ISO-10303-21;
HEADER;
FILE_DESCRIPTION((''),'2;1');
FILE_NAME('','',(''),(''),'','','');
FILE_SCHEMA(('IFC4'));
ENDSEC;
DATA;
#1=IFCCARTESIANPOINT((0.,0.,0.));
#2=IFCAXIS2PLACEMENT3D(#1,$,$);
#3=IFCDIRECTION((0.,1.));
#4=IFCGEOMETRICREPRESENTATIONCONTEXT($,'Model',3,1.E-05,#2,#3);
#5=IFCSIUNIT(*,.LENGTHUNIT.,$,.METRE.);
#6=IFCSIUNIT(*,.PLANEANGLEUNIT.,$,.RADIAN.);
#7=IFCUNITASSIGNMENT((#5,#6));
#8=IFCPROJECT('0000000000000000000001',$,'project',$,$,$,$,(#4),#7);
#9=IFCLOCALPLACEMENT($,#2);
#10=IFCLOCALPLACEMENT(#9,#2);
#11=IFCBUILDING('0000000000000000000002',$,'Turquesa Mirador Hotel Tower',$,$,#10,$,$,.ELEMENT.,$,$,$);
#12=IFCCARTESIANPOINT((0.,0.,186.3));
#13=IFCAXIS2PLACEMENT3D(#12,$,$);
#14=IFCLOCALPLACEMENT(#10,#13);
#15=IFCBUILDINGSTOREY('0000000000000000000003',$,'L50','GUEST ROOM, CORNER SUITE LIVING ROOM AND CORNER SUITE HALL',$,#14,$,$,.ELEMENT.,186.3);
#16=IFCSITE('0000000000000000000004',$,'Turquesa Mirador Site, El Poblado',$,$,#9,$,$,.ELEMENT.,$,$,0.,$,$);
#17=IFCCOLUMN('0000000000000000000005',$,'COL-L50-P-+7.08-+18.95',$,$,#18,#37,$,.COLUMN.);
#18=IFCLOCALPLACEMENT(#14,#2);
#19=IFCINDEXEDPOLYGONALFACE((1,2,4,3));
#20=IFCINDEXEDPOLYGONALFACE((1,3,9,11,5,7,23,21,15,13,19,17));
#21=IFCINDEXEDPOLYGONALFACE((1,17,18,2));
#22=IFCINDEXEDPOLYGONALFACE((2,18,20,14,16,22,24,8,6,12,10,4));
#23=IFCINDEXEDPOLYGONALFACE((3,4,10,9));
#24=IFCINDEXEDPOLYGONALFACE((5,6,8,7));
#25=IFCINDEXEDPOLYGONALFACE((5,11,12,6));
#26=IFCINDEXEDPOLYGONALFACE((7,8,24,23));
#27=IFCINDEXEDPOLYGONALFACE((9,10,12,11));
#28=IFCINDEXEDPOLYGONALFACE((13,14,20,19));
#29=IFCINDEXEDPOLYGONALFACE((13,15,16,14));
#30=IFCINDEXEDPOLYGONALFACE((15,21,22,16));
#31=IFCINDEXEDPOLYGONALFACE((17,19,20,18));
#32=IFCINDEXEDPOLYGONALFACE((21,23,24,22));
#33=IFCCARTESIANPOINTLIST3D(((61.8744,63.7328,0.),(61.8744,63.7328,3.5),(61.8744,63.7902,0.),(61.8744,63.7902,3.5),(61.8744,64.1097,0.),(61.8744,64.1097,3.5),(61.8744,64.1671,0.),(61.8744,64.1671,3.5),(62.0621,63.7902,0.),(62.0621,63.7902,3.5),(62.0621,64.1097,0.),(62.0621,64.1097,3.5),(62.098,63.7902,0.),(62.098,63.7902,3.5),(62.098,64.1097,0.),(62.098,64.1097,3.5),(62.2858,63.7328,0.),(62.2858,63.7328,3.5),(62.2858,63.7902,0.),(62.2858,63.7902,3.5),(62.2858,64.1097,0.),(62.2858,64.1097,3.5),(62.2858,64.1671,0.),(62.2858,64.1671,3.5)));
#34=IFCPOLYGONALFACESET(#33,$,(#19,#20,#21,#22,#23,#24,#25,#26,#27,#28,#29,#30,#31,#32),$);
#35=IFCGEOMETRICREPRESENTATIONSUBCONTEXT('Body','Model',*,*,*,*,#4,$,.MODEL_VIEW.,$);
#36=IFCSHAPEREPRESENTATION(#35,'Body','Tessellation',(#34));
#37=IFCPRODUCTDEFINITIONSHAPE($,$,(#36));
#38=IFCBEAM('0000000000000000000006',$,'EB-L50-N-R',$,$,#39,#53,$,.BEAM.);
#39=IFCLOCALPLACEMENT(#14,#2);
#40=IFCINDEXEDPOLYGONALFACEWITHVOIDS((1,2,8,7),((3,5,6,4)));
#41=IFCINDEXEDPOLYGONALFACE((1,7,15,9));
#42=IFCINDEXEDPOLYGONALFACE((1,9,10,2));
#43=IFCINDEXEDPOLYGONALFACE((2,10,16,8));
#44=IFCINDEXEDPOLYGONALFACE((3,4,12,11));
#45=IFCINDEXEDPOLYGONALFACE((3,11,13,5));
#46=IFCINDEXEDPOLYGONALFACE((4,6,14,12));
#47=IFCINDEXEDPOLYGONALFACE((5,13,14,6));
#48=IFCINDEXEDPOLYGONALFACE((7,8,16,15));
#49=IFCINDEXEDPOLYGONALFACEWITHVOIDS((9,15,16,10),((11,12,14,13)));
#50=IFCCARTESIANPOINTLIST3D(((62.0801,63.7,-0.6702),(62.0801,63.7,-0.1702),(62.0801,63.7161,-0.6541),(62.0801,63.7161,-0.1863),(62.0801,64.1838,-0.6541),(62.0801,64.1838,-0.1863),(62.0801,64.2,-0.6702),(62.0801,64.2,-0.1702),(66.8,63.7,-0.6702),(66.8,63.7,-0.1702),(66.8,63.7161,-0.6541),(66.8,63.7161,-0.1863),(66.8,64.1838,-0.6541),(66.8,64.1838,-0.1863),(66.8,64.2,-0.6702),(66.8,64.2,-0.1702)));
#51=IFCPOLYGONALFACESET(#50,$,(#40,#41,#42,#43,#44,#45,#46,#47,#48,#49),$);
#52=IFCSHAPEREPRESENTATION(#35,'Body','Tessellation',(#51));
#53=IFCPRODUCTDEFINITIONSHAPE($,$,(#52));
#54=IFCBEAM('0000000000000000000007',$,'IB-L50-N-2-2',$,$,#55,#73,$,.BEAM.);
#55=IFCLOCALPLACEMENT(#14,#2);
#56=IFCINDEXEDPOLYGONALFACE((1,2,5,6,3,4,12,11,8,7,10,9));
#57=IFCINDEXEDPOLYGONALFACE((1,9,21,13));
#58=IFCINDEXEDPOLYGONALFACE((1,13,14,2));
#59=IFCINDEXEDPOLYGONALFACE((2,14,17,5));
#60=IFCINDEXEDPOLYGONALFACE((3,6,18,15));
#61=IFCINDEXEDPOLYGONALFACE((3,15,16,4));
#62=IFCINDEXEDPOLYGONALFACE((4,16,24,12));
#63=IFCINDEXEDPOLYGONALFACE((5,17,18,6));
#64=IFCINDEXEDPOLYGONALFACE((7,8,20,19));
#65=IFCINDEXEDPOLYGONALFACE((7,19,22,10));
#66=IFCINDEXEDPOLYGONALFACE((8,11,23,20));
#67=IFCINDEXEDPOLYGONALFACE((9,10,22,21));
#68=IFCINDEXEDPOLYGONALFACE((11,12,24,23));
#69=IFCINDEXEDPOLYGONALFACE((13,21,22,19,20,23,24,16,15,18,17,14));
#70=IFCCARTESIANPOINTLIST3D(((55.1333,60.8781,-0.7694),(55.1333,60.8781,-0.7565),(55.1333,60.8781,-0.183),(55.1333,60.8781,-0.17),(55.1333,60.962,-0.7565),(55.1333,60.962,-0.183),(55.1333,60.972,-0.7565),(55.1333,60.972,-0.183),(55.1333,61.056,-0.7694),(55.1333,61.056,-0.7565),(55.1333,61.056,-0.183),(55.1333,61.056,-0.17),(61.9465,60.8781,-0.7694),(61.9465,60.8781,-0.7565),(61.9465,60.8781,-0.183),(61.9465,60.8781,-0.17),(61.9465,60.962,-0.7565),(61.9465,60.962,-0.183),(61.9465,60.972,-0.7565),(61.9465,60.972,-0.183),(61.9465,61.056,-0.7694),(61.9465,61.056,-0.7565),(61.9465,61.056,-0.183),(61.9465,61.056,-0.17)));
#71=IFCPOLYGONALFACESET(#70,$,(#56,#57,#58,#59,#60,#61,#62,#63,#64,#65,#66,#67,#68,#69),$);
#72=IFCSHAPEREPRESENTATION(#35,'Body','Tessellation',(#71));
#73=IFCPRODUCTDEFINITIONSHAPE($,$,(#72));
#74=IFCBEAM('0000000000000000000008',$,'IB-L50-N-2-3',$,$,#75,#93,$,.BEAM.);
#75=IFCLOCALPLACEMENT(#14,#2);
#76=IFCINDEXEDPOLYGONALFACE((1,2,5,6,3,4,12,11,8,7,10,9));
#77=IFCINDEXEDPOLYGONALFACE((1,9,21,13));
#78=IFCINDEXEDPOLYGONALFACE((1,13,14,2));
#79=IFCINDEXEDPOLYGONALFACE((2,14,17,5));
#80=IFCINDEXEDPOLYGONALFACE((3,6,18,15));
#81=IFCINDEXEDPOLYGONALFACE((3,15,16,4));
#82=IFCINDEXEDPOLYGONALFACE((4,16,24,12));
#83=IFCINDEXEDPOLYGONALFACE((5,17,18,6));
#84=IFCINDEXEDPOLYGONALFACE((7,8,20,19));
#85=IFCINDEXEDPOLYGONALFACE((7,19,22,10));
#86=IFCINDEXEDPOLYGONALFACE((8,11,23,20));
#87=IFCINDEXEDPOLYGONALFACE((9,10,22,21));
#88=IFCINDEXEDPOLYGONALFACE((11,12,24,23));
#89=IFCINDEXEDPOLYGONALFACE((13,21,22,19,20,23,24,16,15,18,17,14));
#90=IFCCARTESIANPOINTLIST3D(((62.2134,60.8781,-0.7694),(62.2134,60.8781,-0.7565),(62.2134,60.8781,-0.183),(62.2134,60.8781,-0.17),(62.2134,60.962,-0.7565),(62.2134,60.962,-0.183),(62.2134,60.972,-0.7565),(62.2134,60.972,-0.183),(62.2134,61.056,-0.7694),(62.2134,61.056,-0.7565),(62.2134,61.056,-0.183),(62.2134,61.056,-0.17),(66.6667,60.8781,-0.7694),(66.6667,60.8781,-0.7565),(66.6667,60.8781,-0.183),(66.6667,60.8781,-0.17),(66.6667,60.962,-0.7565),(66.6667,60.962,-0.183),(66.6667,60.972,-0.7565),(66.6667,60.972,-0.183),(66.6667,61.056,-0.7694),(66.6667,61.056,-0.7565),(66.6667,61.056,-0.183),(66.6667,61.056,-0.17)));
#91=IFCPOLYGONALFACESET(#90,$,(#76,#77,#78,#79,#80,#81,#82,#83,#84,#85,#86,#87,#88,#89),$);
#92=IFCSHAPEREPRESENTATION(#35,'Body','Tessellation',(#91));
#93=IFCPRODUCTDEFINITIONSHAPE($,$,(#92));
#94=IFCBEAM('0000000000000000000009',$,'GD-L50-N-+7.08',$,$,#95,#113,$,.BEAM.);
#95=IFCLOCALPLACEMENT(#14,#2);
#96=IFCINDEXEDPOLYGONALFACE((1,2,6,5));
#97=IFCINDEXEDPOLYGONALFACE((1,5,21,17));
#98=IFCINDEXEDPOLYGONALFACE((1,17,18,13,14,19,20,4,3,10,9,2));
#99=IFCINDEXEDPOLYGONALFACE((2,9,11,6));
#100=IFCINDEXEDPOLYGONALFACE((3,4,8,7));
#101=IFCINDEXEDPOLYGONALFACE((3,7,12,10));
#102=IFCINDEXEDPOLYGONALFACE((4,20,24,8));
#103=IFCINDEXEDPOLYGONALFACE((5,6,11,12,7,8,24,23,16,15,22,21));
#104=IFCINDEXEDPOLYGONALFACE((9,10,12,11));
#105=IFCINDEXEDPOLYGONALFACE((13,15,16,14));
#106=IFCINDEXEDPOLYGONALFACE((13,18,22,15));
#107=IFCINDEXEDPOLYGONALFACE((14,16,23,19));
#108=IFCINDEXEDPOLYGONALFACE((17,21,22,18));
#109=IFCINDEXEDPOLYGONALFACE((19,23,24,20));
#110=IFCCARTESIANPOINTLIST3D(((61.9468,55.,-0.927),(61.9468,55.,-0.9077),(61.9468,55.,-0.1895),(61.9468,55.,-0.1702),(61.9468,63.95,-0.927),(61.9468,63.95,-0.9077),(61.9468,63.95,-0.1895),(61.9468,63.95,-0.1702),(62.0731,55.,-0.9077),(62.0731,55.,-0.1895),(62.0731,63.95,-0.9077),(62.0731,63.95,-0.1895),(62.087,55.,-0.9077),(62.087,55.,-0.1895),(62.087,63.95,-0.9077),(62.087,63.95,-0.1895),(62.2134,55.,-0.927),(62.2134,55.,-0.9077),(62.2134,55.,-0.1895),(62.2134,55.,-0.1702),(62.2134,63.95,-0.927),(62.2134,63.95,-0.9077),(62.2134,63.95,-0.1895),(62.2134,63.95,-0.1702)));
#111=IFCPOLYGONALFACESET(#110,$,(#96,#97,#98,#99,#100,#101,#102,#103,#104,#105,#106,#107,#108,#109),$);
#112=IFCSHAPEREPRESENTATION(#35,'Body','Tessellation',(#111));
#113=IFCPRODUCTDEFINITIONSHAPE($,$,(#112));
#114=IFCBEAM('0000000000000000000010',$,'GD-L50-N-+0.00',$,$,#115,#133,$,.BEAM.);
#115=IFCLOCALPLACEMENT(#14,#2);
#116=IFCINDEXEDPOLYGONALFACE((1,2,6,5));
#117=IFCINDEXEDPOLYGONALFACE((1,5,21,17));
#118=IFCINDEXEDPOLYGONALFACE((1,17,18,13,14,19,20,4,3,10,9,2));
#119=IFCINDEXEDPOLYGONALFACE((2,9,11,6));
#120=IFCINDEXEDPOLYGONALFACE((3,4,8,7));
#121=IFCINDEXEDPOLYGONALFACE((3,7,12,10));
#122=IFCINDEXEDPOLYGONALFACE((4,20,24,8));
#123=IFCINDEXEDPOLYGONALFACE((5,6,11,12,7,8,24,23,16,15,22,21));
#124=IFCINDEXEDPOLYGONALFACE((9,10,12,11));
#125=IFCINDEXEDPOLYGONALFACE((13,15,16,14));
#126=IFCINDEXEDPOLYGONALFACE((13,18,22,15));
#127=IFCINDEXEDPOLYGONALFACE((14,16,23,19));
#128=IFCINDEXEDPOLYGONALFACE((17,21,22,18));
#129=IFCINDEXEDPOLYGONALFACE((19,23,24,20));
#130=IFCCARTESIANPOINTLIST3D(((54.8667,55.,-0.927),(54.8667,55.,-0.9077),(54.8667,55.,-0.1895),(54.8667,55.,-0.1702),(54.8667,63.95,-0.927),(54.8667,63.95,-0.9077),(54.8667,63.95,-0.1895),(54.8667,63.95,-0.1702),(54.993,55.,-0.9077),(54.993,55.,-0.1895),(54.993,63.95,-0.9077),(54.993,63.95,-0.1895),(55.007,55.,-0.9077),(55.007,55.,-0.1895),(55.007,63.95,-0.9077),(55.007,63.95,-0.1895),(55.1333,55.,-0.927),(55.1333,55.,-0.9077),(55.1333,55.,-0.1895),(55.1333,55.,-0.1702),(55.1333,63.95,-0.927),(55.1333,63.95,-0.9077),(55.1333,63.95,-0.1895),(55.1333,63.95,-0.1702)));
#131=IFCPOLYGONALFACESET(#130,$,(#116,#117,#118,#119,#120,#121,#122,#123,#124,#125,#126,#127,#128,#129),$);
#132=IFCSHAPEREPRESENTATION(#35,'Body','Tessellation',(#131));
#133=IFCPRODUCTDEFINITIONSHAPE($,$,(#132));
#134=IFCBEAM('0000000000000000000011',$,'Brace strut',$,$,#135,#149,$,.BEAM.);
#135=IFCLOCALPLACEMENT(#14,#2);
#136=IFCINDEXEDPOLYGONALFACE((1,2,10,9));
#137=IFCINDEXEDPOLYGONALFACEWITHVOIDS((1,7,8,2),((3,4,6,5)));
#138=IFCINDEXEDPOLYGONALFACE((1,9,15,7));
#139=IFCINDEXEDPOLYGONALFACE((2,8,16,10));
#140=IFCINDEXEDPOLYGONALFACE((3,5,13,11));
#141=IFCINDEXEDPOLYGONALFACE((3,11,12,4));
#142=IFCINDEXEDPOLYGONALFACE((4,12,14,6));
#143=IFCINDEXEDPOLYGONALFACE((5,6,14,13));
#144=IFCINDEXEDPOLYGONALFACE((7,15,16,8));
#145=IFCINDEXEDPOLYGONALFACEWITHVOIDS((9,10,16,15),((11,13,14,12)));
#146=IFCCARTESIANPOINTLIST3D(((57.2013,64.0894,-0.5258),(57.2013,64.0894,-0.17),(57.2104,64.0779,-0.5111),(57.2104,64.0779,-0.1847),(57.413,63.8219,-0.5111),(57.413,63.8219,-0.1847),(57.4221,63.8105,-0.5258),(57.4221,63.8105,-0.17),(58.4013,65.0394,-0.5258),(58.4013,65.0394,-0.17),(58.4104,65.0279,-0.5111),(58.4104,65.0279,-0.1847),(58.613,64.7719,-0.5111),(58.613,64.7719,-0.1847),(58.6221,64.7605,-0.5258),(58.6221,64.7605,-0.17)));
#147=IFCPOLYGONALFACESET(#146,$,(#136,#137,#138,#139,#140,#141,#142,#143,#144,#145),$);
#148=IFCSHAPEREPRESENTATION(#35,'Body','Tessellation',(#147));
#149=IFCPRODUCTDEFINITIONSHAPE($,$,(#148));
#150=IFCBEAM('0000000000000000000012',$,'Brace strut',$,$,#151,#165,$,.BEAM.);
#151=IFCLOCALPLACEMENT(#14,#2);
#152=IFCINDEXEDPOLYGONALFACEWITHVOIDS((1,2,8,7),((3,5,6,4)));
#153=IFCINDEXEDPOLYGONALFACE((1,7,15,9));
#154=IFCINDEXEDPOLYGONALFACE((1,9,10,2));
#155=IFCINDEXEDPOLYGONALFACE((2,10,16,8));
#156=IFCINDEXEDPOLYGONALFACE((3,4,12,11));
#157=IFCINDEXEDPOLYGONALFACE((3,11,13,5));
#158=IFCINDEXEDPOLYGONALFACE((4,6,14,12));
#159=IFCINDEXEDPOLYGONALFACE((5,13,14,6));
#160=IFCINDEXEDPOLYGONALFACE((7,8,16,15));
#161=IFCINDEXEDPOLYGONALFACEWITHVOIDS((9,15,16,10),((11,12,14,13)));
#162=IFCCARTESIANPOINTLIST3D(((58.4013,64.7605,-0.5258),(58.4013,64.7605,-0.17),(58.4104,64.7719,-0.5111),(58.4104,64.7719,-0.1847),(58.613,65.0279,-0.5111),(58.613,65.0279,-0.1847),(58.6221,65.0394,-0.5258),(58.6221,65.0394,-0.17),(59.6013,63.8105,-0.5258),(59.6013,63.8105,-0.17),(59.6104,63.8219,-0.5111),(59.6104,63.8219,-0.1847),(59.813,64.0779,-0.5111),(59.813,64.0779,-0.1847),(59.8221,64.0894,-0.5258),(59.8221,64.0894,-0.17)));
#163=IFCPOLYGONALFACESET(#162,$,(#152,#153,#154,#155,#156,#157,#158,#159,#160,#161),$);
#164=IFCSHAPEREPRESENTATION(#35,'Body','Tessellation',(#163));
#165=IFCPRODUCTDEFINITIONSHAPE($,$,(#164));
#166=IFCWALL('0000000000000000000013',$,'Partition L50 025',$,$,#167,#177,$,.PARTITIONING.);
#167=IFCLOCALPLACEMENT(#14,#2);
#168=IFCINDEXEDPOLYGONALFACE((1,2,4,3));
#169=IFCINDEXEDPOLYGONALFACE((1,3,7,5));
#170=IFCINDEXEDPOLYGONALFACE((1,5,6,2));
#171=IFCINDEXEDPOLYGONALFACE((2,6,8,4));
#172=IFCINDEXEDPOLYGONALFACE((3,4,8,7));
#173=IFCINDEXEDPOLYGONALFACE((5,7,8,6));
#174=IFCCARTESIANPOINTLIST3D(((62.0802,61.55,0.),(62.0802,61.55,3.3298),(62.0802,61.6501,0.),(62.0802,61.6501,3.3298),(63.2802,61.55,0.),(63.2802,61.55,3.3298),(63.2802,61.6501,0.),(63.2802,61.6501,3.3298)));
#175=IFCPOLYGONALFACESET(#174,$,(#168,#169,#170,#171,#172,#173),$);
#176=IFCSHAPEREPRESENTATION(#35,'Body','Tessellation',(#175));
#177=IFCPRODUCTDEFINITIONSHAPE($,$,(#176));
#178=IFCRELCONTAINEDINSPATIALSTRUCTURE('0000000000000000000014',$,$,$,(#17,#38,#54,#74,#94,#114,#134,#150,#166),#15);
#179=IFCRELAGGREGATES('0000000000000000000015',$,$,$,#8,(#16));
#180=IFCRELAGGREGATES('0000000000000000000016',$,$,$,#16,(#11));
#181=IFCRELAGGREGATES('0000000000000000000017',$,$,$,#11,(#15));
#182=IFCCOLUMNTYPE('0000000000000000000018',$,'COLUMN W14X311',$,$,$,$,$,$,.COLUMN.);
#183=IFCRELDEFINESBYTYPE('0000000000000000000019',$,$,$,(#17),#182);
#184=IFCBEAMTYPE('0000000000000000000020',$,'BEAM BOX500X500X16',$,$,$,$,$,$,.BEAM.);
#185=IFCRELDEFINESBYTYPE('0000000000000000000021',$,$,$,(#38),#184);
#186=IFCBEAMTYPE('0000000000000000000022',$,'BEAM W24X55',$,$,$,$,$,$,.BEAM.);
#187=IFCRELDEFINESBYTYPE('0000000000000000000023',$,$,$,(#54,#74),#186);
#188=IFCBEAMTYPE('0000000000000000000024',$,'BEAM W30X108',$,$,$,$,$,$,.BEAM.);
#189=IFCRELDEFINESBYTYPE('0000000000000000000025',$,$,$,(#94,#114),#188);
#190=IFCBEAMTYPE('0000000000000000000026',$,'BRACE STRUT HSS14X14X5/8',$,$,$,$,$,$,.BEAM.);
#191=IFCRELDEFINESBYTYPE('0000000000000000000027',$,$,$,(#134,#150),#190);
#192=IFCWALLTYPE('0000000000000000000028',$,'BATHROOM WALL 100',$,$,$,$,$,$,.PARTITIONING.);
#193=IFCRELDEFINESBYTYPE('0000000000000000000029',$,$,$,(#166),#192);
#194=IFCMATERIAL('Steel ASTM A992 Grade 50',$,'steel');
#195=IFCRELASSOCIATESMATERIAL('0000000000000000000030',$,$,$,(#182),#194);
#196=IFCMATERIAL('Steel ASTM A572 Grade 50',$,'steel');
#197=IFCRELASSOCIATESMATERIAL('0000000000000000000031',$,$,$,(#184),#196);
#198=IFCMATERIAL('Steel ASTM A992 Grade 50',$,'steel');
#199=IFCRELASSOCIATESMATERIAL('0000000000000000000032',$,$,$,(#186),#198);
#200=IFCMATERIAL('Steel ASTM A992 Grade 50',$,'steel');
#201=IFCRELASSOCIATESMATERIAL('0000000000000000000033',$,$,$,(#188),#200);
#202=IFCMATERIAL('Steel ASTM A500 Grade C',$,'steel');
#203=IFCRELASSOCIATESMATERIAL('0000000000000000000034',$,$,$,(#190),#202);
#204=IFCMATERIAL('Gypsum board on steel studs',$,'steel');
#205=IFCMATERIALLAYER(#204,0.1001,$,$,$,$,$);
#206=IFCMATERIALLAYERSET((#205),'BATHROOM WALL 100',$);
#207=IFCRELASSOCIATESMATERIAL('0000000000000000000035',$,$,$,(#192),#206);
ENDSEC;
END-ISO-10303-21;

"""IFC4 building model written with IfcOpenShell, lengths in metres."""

from ifc_helpers import new_model, si_unit, direction, frame, frame_2d, origin, origin_2d, place, context, subcontext, project, spatial, rectangle, hollow_rectangle, i_section, extrude, material, layer, layer_set, material_profile, profile_set, type_object, element, save


model = new_model("IFC4")

# Units and contexts
model_context = context("Model", 3, precision=1e-05, world=origin(), true_north=direction((0.0, 1.0)))
body_context = subcontext(model_context, "Body", "Model", "MODEL_VIEW")
ifc_project = project(units=[si_unit("LENGTHUNIT", "METRE"), si_unit("PLANEANGLEUNIT", "RADIAN")], contexts=[model_context])

# Site, building, storey
site_placement = place(None, origin())
site = spatial("IfcSite", under=ifc_project, at=site_placement, Name="Turquesa Mirador Site, El Poblado", CompositionType="ELEMENT", RefElevation=0.0)
building_placement = place(site_placement, origin())
building = spatial("IfcBuilding", under=site, at=building_placement, Name="Turquesa Mirador Hotel Tower", CompositionType="ELEMENT")
storey_placement = place(building_placement, frame((0.0, 0.0, 186.3)))
storey = spatial("IfcBuildingStorey", under=building, at=storey_placement, Name="L50", Description="GUEST ROOM, CORNER SUITE LIVING ROOM AND CORNER SUITE HALL", CompositionType="ELEMENT", Elevation=186.3)

# Column
ifc_material_1 = material(Name="Steel ASTM A992 Grade 50", Category="steel")
ifc_material_profile_1 = material_profile(ifc_material_1, i_section(OverallWidth=0.4114, OverallDepth=0.4343, WebThickness=0.0359, FlangeThickness=0.0574, at=origin_2d()), Name="W14X311")
ifc_profile_set_1 = profile_set([ifc_material_profile_1], Name="Steel ASTM A992 Grade 50")
column_type = type_object("IfcColumnType", Name="COLUMN W14X311", PredefinedType="COLUMN", material=ifc_profile_set_1)
column_placement = place(storey_placement, frame((62.0801, 63.95, 0.0), z_axis=(0.0, 0.0, 1.0), x_axis=(1.0, 0.0, 0.0)))
element("IfcColumn", 1, at=column_placement, inside=storey, type_object=column_type, Name="COL-L50-P-+7.08-+18.95", PredefinedType="COLUMN", context=body_context, shape_type="SweptSolid", body=[
    extrude(i_section(OverallWidth=0.4114, OverallDepth=0.4343, WebThickness=0.0359, FlangeThickness=0.0574, at=origin_2d()), origin(), (0.0, 0.0, 1.0), 3.5),
])

# Beams
ifc_material_2 = material(Name="Steel ASTM A572 Grade 50", Category="steel")
ifc_material_profile_2 = material_profile(ifc_material_2, hollow_rectangle(XDim=0.5, YDim=0.5, WallThickness=0.0161, at=origin_2d()), Name="BOX500X500X16")
ifc_profile_set_2 = profile_set([ifc_material_profile_2], Name="Steel ASTM A572 Grade 50")
beam_type_1 = type_object("IfcBeamType", Name="BEAM BOX500X500X16", PredefinedType="BEAM", material=ifc_profile_set_2)
beam_1_placement = place(storey_placement, frame((62.0801, 63.95, -0.4202), z_axis=(1.0, 0.0, 0.0), x_axis=(0.0, 1.0, 0.0)))
element("IfcBeam", 2, at=beam_1_placement, inside=storey, type_object=beam_type_1, Name="EB-L50-N-R", PredefinedType="BEAM", context=body_context, shape_type="SweptSolid", body=[
    extrude(hollow_rectangle(XDim=0.5, YDim=0.5, WallThickness=0.0161, at=origin_2d()), origin(), (0.0, 0.0, 1.0), 4.72),
])
ifc_material_3 = material(Name="Steel ASTM A992 Grade 50", Category="steel")
ifc_material_profile_3 = material_profile(ifc_material_3, i_section(OverallWidth=0.178, OverallDepth=0.5994, WebThickness=0.01, FlangeThickness=0.0129, at=origin_2d()), Name="W24X55")
ifc_profile_set_3 = profile_set([ifc_material_profile_3], Name="Steel ASTM A992 Grade 50")
beam_type_2 = type_object("IfcBeamType", Name="BEAM W24X55", PredefinedType="BEAM", material=ifc_profile_set_3)
beam_2_placement = place(storey_placement, frame((55.1333, 60.967, -0.4697), z_axis=(1.0, 0.0, 0.0), x_axis=(0.0, 1.0, 0.0)))
element("IfcBeam", 3, at=beam_2_placement, inside=storey, type_object=beam_type_2, Name="IB-L50-N-2-2", PredefinedType="BEAM", context=body_context, shape_type="SweptSolid", body=[
    extrude(i_section(OverallWidth=0.178, OverallDepth=0.5994, WebThickness=0.01, FlangeThickness=0.0129, at=origin_2d()), origin(), (0.0, 0.0, 1.0), 6.8132),
])
beam_3_placement = place(storey_placement, frame((62.2134, 60.967, -0.4697), z_axis=(1.0, 0.0, 0.0), x_axis=(0.0, 1.0, 0.0)))
element("IfcBeam", 4, at=beam_3_placement, inside=storey, type_object=beam_type_2, Name="IB-L50-N-2-3", PredefinedType="BEAM", context=body_context, shape_type="SweptSolid", body=[
    extrude(i_section(OverallWidth=0.178, OverallDepth=0.5994, WebThickness=0.01, FlangeThickness=0.0129, at=origin_2d()), origin(), (0.0, 0.0, 1.0), 4.4534),
])
ifc_material_4 = material(Name="Steel ASTM A992 Grade 50", Category="steel")
ifc_material_profile_4 = material_profile(ifc_material_4, i_section(OverallWidth=0.2666, OverallDepth=0.7568, WebThickness=0.0139, FlangeThickness=0.0193, at=origin_2d()), Name="W30X108")
ifc_profile_set_4 = profile_set([ifc_material_profile_4], Name="Steel ASTM A992 Grade 50")
beam_type_3 = type_object("IfcBeamType", Name="BEAM W30X108", PredefinedType="BEAM", material=ifc_profile_set_4)
for number, where, z_axis, x_axis, name in (
    (5, (62.0801, 63.95, -0.5486), (0.0, -1.0, 0.0), (1.0, 0.0, 0.0), "GD-L50-N-+7.08"),
    (6, (55.0, 63.95, -0.5486), (0.0, -1.0, 0.0), (1.0, 0.0, 0.0), "GD-L50-N-+0.00"),
):
    element("IfcBeam", number, at=place(storey_placement, frame(where, z_axis=z_axis, x_axis=x_axis)), inside=storey, type_object=beam_type_3, Name=name, PredefinedType="BEAM", context=body_context, shape_type="SweptSolid", body=[
        extrude(i_section(OverallWidth=0.2666, OverallDepth=0.7568, WebThickness=0.0139, FlangeThickness=0.0193, at=origin_2d()), origin(), (0.0, 0.0, 1.0), 8.95),
    ])
ifc_material_5 = material(Name="Steel ASTM A500 Grade C", Category="steel")
ifc_material_profile_5 = material_profile(ifc_material_5, hollow_rectangle(XDim=0.3557, YDim=0.3557, WallThickness=0.0146, at=origin_2d()), Name="HSS14X14X5/8")
ifc_profile_set_5 = profile_set([ifc_material_profile_5], Name="Steel ASTM A500 Grade C")
beam_type_4 = type_object("IfcBeamType", Name="BRACE STRUT HSS14X14X5/8", PredefinedType="BEAM", material=ifc_profile_set_5)
for number, where, z_axis, x_axis, name in (
    (7, (58.5117, 64.8999, -0.3479), (-0.784049, -0.620699, 0.0), (0.620699, -0.784049, 0.0), "Brace strut"),
    (8, (58.5117, 64.8999, -0.3479), (0.784049, -0.620699, 0.0), (0.620699, 0.784049, 0.0), "Brace strut"),
):
    element("IfcBeam", number, at=place(storey_placement, frame(where, z_axis=z_axis, x_axis=x_axis)), inside=storey, type_object=beam_type_4, Name=name, PredefinedType="BEAM", context=body_context, shape_type="SweptSolid", body=[
        extrude(hollow_rectangle(XDim=0.3557, YDim=0.3557, WallThickness=0.0146, at=origin_2d()), origin(), (0.0, 0.0, 1.0), 1.5305),
    ])

# Wall
ifc_material_6 = material(Name="Gypsum board on steel studs", Category="steel")
ifc_layer_1 = layer(ifc_material_6, 0.1001)
ifc_layer_set_1 = layer_set([ifc_layer_1], Name="BATHROOM WALL 100")
wall_type_1 = type_object("IfcWallType", Name="BATHROOM WALL 100", PredefinedType="PARTITIONING", material=ifc_layer_set_1)
wall_1_placement = place(storey_placement, frame((62.0801, 61.6001, 0.0), z_axis=(0.0, 0.0, 1.0), x_axis=(1.0, 0.0, 0.0)))
element("IfcWall", 9, at=wall_1_placement, inside=storey, type_object=wall_type_1, Name="Partition L50 025", PredefinedType="PARTITIONING", context=body_context, shape_type="SweptSolid", body=[
    extrude(rectangle(XDim=1.2, YDim=0.1001, at=frame_2d((0.6001, 0.0))), origin(), (0.0, 0.0, 1.0), 3.3298),
])

save(model, "model.ifc")
